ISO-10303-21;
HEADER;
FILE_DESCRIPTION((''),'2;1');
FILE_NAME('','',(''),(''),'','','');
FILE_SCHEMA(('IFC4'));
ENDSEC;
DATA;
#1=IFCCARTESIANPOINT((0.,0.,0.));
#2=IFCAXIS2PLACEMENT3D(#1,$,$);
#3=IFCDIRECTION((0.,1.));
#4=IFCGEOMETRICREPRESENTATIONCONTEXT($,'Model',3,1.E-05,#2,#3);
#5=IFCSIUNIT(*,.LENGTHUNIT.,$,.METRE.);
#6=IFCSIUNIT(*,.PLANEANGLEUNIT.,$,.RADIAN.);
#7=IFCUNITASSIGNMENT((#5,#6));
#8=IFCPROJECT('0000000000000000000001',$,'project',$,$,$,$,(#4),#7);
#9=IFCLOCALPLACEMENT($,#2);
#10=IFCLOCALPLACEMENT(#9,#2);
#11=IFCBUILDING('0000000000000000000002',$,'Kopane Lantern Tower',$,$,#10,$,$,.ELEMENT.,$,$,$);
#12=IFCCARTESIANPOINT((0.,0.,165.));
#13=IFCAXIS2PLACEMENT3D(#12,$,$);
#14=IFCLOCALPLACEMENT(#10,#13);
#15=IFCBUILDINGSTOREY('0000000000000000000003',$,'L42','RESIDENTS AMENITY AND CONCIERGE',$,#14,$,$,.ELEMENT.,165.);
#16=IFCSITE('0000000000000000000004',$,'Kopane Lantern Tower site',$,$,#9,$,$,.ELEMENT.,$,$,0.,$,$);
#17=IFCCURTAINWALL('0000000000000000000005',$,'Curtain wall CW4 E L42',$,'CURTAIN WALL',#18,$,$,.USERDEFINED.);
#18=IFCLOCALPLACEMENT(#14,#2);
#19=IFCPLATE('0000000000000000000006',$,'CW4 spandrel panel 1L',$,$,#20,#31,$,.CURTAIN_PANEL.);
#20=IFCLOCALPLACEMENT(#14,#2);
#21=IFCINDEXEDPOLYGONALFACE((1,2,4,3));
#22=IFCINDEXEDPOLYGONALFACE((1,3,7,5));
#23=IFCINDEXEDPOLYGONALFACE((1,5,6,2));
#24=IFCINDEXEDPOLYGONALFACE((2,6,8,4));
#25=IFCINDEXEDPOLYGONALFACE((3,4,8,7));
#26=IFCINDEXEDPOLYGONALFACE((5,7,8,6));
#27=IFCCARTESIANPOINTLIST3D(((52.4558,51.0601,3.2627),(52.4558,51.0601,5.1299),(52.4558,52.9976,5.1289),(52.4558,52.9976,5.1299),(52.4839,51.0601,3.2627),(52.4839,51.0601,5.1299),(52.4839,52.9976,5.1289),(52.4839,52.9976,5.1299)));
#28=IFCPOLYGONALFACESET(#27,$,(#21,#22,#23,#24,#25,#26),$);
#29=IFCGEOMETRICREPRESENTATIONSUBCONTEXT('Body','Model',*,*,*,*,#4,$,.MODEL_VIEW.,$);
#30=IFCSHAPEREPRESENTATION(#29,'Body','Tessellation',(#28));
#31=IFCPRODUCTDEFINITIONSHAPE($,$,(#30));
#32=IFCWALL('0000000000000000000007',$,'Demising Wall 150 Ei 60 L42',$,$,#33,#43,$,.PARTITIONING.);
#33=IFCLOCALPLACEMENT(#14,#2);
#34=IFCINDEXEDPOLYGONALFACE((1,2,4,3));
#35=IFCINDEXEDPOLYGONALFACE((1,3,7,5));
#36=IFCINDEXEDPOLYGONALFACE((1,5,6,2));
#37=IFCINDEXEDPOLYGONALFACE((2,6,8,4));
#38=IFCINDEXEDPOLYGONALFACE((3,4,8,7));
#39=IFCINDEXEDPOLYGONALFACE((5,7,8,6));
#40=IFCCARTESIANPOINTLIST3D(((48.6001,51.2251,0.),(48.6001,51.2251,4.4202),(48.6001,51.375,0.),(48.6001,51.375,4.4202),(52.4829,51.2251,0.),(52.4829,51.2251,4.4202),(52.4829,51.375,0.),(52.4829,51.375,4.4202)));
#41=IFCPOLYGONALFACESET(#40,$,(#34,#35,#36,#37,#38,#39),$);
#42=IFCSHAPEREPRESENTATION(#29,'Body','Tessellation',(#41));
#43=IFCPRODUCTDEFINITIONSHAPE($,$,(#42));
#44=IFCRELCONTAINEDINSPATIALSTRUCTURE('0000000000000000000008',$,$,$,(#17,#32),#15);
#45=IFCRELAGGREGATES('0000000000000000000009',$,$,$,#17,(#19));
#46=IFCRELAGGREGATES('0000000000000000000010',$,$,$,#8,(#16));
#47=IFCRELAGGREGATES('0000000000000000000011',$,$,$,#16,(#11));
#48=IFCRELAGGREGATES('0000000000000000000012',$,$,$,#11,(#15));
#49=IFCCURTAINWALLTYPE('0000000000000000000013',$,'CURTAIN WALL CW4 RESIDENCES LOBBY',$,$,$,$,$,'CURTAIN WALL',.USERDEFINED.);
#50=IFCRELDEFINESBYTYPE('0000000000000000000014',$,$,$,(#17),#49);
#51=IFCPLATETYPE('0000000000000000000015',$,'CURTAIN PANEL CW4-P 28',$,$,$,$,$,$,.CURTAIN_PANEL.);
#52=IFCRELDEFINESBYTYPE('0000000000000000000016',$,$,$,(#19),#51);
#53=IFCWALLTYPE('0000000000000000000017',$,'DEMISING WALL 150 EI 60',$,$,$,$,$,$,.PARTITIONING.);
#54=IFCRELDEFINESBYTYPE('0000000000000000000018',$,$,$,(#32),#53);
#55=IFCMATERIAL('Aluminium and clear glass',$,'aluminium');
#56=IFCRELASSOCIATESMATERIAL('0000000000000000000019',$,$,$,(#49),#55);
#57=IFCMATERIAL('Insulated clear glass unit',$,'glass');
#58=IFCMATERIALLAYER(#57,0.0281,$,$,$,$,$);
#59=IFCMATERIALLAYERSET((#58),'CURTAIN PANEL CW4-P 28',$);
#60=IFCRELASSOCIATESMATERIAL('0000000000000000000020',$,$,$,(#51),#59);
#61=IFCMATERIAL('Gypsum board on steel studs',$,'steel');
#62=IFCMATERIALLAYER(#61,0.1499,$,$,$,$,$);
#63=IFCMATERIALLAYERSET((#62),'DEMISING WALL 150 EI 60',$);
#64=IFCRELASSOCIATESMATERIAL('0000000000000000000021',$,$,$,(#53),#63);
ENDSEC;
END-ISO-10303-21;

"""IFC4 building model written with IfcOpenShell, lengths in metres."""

from ifc_helpers import new_model, si_unit, direction, frame, frame_2d, origin, place, context, subcontext, project, spatial, polyline, rectangle, outline, extrude, material, layer, layer_set, type_object, element, aggregate, save


model = new_model("IFC4")

# Units and contexts
model_context = context("Model", 3, precision=1e-05, world=origin(), true_north=direction((0.0, 1.0)))
body_context = subcontext(model_context, "Body", "Model", "MODEL_VIEW")
ifc_project = project(units=[si_unit("LENGTHUNIT", "METRE"), si_unit("PLANEANGLEUNIT", "RADIAN")], contexts=[model_context])

# Site, building, storey
site_placement = place(None, origin())
site = spatial("IfcSite", under=ifc_project, at=site_placement, Name="Kopane Lantern Tower site", CompositionType="ELEMENT", RefElevation=0.0)
building_placement = place(site_placement, origin())
building = spatial("IfcBuilding", under=site, at=building_placement, Name="Kopane Lantern Tower", CompositionType="ELEMENT")
storey_placement = place(building_placement, frame((0.0, 0.0, 165.0)))
storey = spatial("IfcBuildingStorey", under=building, at=storey_placement, Name="L42", Description="RESIDENTS AMENITY AND CONCIERGE", CompositionType="ELEMENT", Elevation=165.0)

# Curtain wall
ifc_material_1 = material(Name="Aluminium and clear glass", Category="aluminium")
curtain_wall_type = type_object("IfcCurtainWallType", Name="CURTAIN WALL CW4 RESIDENCES LOBBY", ElementType="CURTAIN WALL", PredefinedType="USERDEFINED", material=ifc_material_1)
curtain_wall_1_placement = place(storey_placement, origin())
curtain_wall_1 = element("IfcCurtainWall", 1, at=curtain_wall_1_placement, inside=storey, type_object=curtain_wall_type, Name="Curtain wall CW4 E L42", ObjectType="CURTAIN WALL", PredefinedType="USERDEFINED")

# Plate
ifc_material_2 = material(Name="Insulated clear glass unit", Category="glass")
ifc_layer_1 = layer(ifc_material_2, 0.0281)
ifc_layer_set_1 = layer_set([ifc_layer_1], Name="CURTAIN PANEL CW4-P 28")
plate_type = type_object("IfcPlateType", Name="CURTAIN PANEL CW4-P 28", PredefinedType="CURTAIN_PANEL", material=ifc_layer_set_1)
plate_1_placement = place(storey_placement, frame((52.47, 51.0601, 5.1299), z_axis=(0.0, 0.0, 1.0), x_axis=(0.0, 1.0, 0.0)))
plate_1 = element("IfcPlate", 2, at=plate_1_placement, type_object=plate_type, Name="CW4 spandrel panel 1L", PredefinedType="CURTAIN_PANEL", context=body_context, shape_type="SweptSolid", body=[
    extrude(outline(polyline([(0.0, 0.0), (1.9375, 0.0), (1.9375, -0.001), (0.0, -1.8672), (0.0, 0.0)])), frame((0.0, 0.0142, 0.0), z_axis=(0.0, -1.0, 0.0), x_axis=(1.0, 0.0, 0.0)), (0.0, 0.0, 1.0), 0.0281),
])
aggregate(curtain_wall_1, [plate_1])

# Wall
ifc_material_3 = material(Name="Gypsum board on steel studs", Category="steel")
ifc_layer_2 = layer(ifc_material_3, 0.1499)
ifc_layer_set_2 = layer_set([ifc_layer_2], Name="DEMISING WALL 150 EI 60")
wall_type = type_object("IfcWallType", Name="DEMISING WALL 150 EI 60", PredefinedType="PARTITIONING", material=ifc_layer_set_2)
wall_placement = place(storey_placement, frame((48.6001, 51.3, 0.0), z_axis=(0.0, 0.0, 1.0), x_axis=(1.0, 0.0, 0.0)))
element("IfcWall", 3, at=wall_placement, inside=storey, type_object=wall_type, Name="Demising Wall 150 Ei 60 L42", PredefinedType="PARTITIONING", context=body_context, shape_type="SweptSolid", body=[
    extrude(rectangle(XDim=3.8828, YDim=0.1499, at=frame_2d((1.9414, 0.0))), origin(), (0.0, 0.0, 1.0), 4.4202),
])

save(model, "model.ifc")
